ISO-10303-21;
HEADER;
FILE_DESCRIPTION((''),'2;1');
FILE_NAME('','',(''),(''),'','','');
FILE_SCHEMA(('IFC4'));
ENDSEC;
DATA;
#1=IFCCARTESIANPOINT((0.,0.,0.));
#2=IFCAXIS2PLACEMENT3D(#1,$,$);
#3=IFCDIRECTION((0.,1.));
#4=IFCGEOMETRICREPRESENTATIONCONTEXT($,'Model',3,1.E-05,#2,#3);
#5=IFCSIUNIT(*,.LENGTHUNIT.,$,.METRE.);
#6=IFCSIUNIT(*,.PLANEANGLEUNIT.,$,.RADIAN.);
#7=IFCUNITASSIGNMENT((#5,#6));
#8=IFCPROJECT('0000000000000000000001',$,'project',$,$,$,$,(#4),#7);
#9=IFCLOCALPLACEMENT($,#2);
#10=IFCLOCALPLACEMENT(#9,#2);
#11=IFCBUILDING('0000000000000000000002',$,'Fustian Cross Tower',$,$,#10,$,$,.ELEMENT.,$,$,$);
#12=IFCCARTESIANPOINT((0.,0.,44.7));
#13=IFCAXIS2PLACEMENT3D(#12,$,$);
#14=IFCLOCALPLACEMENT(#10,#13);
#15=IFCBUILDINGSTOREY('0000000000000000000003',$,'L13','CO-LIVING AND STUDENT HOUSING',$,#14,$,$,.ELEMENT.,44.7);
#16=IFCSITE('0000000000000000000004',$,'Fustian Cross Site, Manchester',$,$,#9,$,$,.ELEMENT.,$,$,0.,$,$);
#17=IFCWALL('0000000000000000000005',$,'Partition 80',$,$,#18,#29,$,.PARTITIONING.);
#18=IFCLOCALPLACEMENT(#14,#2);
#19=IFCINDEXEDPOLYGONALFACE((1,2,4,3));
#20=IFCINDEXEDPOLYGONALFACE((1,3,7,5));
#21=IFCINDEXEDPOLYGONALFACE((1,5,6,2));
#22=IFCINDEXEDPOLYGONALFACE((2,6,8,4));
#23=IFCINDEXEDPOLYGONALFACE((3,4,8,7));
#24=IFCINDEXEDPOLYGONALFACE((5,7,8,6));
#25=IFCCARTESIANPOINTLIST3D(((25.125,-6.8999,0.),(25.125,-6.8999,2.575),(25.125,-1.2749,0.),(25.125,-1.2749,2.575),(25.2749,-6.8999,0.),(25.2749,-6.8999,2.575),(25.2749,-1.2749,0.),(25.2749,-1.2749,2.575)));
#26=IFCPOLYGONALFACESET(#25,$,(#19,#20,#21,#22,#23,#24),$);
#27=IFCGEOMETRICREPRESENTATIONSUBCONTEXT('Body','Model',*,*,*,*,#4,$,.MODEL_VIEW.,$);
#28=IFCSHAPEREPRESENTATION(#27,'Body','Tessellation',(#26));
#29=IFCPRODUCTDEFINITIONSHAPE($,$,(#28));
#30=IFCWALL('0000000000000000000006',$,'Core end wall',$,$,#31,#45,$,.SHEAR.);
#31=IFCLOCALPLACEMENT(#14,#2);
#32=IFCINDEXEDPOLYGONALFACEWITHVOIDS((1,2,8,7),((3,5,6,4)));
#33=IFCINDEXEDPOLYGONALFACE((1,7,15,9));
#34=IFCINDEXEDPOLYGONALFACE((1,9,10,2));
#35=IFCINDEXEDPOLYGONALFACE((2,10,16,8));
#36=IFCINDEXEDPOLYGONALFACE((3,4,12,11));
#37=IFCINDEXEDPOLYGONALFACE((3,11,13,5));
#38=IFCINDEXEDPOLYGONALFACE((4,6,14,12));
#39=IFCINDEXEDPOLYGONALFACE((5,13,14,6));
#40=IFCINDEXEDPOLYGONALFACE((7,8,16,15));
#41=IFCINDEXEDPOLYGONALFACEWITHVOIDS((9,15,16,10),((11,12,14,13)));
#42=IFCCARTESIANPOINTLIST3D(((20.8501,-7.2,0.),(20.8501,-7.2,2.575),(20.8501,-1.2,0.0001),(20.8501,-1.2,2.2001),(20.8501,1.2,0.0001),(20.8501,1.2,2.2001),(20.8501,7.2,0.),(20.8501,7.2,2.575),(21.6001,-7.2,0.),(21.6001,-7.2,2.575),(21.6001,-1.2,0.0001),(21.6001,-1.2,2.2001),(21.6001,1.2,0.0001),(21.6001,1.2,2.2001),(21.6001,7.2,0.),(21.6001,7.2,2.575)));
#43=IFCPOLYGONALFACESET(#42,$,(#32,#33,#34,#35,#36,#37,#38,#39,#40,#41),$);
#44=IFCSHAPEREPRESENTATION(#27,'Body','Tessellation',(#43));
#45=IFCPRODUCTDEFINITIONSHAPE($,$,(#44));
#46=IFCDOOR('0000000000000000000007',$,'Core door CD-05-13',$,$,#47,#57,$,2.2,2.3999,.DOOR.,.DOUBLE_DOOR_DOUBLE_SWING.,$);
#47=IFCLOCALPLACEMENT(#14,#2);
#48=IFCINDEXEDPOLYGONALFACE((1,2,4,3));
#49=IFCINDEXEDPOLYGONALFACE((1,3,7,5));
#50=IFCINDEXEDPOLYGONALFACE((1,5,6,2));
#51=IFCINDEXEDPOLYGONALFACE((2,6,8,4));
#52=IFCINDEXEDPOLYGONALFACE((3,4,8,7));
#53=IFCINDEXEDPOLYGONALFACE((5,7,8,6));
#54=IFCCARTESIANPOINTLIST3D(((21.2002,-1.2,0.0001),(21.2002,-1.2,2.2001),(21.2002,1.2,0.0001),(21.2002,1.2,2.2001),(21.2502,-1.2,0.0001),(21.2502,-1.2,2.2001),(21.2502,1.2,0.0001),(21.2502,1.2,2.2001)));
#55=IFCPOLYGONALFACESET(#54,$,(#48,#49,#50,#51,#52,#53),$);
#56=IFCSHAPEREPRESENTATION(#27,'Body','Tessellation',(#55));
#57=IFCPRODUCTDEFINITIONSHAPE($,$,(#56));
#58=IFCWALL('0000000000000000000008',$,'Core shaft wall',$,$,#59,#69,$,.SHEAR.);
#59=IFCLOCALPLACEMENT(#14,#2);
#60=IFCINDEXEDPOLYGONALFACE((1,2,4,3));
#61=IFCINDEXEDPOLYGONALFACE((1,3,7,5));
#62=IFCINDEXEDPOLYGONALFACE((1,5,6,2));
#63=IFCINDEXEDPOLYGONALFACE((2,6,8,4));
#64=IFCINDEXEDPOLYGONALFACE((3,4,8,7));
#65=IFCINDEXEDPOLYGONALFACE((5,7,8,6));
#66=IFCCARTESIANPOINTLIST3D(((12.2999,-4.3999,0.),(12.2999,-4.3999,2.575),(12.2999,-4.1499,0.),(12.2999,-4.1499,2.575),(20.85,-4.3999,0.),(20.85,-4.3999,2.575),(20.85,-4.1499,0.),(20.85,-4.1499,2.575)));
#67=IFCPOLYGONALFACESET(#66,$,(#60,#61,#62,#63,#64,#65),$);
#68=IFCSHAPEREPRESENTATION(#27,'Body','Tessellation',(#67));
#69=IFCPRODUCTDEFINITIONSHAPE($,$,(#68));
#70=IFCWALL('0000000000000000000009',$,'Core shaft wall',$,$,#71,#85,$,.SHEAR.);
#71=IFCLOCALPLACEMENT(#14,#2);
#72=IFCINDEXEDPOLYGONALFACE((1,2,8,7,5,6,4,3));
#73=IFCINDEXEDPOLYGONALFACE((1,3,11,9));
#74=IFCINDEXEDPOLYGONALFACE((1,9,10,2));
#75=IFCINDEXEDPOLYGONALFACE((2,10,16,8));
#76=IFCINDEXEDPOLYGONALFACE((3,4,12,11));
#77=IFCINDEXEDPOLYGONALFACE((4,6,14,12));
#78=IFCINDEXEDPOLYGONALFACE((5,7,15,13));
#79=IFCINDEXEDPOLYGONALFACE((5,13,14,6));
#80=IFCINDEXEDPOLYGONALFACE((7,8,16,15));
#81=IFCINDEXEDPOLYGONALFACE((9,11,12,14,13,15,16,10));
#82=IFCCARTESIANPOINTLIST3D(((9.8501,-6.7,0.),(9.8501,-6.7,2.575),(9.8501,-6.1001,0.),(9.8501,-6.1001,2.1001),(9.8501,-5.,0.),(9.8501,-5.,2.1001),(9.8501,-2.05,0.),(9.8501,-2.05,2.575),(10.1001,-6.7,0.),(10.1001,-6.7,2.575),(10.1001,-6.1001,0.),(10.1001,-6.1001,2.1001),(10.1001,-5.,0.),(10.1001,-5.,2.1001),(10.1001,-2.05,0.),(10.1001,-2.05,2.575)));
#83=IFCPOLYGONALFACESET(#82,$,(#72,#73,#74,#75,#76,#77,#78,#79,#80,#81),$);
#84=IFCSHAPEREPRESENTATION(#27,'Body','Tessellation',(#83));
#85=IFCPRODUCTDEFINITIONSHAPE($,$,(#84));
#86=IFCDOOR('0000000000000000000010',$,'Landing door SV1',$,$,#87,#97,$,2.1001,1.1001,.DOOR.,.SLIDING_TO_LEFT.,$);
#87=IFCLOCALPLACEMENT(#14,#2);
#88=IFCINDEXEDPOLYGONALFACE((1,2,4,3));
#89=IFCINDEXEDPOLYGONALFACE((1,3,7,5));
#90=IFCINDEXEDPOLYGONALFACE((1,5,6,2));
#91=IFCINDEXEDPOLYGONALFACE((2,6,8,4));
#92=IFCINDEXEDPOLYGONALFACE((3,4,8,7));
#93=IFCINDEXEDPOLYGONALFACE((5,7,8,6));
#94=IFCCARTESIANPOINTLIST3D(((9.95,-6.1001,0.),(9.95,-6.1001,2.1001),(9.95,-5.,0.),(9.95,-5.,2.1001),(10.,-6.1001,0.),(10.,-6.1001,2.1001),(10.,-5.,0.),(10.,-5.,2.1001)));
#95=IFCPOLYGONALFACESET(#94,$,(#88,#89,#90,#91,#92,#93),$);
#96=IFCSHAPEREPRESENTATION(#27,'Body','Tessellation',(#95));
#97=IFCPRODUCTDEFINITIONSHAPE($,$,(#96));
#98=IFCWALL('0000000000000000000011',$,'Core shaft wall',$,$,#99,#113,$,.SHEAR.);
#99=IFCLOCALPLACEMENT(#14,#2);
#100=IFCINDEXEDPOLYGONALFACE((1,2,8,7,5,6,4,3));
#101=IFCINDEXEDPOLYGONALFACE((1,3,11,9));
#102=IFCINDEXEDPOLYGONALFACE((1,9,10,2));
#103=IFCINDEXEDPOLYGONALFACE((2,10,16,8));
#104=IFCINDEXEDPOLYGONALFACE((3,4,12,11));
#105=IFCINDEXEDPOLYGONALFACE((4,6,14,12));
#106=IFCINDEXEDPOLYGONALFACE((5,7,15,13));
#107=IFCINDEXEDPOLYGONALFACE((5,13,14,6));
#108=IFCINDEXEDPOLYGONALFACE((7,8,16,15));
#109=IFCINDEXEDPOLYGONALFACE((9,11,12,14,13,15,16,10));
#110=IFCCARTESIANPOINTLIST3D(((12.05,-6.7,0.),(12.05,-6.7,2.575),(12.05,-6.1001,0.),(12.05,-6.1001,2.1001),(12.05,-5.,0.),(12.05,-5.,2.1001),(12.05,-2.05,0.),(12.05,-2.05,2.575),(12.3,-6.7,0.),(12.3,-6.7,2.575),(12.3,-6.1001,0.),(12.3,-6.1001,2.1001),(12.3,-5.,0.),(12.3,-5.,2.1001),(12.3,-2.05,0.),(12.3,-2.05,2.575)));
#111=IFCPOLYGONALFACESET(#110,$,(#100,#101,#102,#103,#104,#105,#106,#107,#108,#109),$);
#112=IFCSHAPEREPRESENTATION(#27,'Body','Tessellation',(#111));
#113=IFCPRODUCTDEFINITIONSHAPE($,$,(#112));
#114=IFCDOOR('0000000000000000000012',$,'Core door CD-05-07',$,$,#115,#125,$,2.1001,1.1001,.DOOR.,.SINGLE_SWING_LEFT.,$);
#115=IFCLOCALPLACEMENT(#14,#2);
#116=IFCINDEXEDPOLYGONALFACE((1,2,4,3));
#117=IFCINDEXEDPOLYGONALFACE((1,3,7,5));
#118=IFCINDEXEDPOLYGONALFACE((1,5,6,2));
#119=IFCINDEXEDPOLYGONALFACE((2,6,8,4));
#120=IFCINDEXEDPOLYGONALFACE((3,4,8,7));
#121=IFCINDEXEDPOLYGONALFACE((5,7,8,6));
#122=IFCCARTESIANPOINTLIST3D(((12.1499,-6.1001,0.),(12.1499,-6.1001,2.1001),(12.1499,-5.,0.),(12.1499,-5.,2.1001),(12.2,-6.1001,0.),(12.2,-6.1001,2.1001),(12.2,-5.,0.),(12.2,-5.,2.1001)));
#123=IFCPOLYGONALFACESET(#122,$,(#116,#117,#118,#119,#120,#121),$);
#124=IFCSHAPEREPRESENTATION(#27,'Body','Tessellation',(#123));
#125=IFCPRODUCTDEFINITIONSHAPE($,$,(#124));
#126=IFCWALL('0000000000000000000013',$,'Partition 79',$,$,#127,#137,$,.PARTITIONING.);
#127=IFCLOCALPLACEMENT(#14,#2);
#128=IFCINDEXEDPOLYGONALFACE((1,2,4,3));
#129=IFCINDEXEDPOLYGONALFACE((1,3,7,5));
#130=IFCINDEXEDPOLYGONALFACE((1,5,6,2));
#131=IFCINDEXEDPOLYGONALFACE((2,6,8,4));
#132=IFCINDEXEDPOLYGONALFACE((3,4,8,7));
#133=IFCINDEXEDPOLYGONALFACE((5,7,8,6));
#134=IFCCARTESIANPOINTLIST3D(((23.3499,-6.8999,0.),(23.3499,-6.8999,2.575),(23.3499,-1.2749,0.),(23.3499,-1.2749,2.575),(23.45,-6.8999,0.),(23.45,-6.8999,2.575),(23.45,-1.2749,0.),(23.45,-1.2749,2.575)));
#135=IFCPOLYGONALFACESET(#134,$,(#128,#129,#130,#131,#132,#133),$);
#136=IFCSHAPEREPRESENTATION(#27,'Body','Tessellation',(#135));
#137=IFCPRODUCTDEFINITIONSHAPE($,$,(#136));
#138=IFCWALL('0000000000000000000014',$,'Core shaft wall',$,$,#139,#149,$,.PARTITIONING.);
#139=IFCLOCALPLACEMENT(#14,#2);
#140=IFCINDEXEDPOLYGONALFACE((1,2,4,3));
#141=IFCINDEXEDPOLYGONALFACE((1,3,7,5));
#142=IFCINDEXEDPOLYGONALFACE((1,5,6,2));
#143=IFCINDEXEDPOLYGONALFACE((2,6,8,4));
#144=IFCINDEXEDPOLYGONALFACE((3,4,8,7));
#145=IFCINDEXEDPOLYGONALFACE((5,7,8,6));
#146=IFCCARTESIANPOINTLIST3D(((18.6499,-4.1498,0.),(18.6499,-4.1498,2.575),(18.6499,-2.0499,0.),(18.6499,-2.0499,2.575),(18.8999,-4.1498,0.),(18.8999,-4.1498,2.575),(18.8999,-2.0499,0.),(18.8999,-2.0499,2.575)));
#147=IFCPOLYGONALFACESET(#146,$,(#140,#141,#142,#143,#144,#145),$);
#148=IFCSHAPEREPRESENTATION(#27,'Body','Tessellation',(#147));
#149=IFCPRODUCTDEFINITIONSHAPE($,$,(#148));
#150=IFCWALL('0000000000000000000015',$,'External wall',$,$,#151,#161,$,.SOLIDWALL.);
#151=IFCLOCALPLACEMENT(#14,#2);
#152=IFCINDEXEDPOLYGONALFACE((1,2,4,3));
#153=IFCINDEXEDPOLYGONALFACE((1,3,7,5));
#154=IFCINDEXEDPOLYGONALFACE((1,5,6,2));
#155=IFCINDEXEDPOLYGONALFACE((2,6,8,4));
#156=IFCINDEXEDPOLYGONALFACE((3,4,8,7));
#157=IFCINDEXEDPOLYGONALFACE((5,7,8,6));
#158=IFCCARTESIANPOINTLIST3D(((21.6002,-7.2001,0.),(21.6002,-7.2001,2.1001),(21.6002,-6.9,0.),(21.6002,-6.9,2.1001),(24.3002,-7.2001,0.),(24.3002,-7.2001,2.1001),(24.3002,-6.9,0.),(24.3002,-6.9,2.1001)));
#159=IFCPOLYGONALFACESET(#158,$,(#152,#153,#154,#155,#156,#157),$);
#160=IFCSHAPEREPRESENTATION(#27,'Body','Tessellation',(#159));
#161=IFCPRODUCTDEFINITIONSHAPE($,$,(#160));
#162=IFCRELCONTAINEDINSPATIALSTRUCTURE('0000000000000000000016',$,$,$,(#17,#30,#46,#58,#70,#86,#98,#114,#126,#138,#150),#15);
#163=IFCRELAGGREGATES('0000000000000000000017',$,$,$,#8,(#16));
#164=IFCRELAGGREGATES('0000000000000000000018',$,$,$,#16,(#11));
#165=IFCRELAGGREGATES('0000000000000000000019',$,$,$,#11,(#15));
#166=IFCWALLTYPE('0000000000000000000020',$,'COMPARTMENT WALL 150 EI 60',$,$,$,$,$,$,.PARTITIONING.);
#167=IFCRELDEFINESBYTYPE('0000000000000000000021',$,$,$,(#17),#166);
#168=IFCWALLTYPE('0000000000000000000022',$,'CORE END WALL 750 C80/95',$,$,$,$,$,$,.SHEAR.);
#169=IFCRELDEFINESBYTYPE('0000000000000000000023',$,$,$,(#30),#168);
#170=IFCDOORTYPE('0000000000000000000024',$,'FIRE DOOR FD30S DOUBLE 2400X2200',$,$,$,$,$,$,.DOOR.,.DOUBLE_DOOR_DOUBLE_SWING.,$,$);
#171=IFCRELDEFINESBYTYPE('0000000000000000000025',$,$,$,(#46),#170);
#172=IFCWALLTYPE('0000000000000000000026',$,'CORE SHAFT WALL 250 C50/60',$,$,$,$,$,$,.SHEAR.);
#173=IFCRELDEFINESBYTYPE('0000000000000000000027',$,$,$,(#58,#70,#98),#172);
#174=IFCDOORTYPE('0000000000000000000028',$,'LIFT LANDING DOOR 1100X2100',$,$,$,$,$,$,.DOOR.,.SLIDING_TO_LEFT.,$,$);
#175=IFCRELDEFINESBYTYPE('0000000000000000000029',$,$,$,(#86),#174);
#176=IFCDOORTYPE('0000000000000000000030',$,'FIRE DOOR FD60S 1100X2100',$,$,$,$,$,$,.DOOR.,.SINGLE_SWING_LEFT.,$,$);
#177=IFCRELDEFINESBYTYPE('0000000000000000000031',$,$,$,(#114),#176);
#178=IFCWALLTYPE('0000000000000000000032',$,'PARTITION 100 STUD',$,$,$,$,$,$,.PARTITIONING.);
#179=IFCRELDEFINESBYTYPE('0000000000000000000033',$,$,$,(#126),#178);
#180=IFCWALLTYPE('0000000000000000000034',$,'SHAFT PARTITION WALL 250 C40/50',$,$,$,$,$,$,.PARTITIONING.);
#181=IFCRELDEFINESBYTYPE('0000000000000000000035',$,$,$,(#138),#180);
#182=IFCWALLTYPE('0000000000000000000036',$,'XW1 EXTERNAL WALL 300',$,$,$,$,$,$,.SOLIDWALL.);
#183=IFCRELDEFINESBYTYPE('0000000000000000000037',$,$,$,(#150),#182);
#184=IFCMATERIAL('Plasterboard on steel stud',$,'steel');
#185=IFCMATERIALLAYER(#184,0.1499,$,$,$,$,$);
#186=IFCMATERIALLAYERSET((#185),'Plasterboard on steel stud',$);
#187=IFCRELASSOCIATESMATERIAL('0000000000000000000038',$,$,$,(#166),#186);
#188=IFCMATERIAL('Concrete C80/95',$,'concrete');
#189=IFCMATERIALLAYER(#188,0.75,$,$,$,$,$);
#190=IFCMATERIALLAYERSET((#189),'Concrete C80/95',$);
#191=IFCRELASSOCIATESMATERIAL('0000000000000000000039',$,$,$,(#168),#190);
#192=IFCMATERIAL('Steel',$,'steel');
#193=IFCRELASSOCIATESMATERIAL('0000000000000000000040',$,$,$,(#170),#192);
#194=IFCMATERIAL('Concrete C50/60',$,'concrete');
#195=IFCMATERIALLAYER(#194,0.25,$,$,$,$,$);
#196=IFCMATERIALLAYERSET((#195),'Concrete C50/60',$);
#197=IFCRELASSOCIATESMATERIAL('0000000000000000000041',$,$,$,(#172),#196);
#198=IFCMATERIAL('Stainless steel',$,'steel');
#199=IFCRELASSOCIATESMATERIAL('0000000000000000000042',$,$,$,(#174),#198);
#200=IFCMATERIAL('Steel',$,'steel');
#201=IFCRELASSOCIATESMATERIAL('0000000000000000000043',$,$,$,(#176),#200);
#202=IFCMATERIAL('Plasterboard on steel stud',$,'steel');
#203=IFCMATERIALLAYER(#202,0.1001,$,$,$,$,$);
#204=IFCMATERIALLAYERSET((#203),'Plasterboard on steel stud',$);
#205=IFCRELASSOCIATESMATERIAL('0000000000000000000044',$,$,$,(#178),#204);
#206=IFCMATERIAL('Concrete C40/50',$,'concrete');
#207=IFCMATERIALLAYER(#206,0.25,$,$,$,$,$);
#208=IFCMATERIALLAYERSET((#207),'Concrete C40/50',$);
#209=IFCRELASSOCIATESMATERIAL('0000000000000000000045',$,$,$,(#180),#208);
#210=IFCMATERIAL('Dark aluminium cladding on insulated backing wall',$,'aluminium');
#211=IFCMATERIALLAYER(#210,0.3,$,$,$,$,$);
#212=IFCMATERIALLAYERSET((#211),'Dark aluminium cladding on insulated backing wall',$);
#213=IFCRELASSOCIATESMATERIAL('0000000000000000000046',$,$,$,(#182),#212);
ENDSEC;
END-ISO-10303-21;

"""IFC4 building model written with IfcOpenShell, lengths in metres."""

from ifc_helpers import new_model, si_unit, direction, frame, frame_2d, origin, place, context, subcontext, project, spatial, rectangle, extrude, material, layer, layer_set, type_object, element, fill, save


model = new_model("IFC4")

# Units and contexts
model_context = context("Model", 3, precision=1e-05, world=origin(), true_north=direction((0.0, 1.0)))
body_context = subcontext(model_context, "Body", "Model", "MODEL_VIEW")
ifc_project = project(units=[si_unit("LENGTHUNIT", "METRE"), si_unit("PLANEANGLEUNIT", "RADIAN")], contexts=[model_context])

# Site, building, storey
site_placement = place(None, origin())
site = spatial("IfcSite", under=ifc_project, at=site_placement, Name="Fustian Cross Site, Manchester", CompositionType="ELEMENT", RefElevation=0.0)
building_placement = place(site_placement, origin())
building = spatial("IfcBuilding", under=site, at=building_placement, Name="Fustian Cross Tower", CompositionType="ELEMENT")
storey_placement = place(building_placement, frame((0.0, 0.0, 44.7)))
storey = spatial("IfcBuildingStorey", under=building, at=storey_placement, Name="L13", Description="CO-LIVING AND STUDENT HOUSING", CompositionType="ELEMENT", Elevation=44.7)

# Shared definitions
ifc_material_1 = material(Name="Plasterboard on steel stud", Category="steel")
ifc_layer_1 = layer(ifc_material_1, 0.1499)
ifc_layer_set_1 = layer_set([ifc_layer_1], Name="Plasterboard on steel stud")
wall_type_1 = type_object("IfcWallType", Name="COMPARTMENT WALL 150 EI 60", PredefinedType="PARTITIONING", material=ifc_layer_set_1)

# Wall
wall_1_placement = place(storey_placement, frame((25.2, -6.8999, 0.0), z_axis=(0.0, 0.0, 1.0), x_axis=(0.0, 1.0, 0.0)))
element("IfcWall", 1, at=wall_1_placement, inside=storey, type_object=wall_type_1, Name="Partition 80", PredefinedType="PARTITIONING", context=body_context, shape_type="SweptSolid", body=[
    extrude(rectangle(XDim=5.625, YDim=0.1499, at=frame_2d((2.8125, 0.0))), origin(), (0.0, 0.0, 1.0), 2.575),
])

# Wall, opening, door
ifc_material_2 = material(Name="Concrete C80/95", Category="concrete")
ifc_layer_2 = layer(ifc_material_2, 0.75)
ifc_layer_set_2 = layer_set([ifc_layer_2], Name="Concrete C80/95")
wall_type_2 = type_object("IfcWallType", Name="CORE END WALL 750 C80/95", PredefinedType="SHEAR", material=ifc_layer_set_2)
wall_2_placement = place(storey_placement, frame((21.2251, -7.2, 0.0), z_axis=(0.0, 0.0, 1.0), x_axis=(0.0, 1.0, 0.0)))
wall_2 = element("IfcWall", 2, at=wall_2_placement, inside=storey, type_object=wall_type_2, Name="Core end wall", PredefinedType="SHEAR", context=body_context, shape_type="SweptSolid", body=[
    extrude(rectangle(XDim=14.3999, YDim=0.75, at=frame_2d((7.2, 0.0))), origin(), (0.0, 0.0, 1.0), 2.575),
])
opening_1_placement = place(wall_2_placement, frame((6.0, 0.0, 0.0)))
opening_1 = element("IfcOpeningElement", 3, at=opening_1_placement, cuts=wall_2, PredefinedType="OPENING", context=body_context, shape_type="SweptSolid", body=[
    extrude(rectangle(XDim=2.3999, YDim=2.2, at=frame_2d((1.2, 1.1001))), frame((0.0, 0.385, 0.0), z_axis=(0.0, -1.0, 0.0), x_axis=(1.0, 0.0, 0.0)), (0.0, 0.0, 1.0), 0.77),
])
ifc_material_3 = material(Name="Steel", Category="steel")
door_type_1 = type_object("IfcDoorType", Name="FIRE DOOR FD30S DOUBLE 2400X2200", OperationType="DOUBLE_DOOR_DOUBLE_SWING", PredefinedType="DOOR", material=ifc_material_3)
door_1_placement = place(opening_1_placement, origin())
door_1 = element("IfcDoor", 4, at=door_1_placement, inside=storey, type_object=door_type_1, Name="Core door CD-05-13", OperationType="DOUBLE_DOOR_DOUBLE_SWING", OverallHeight=2.2, OverallWidth=2.3999, PredefinedType="DOOR", context=body_context, shape_type="SweptSolid", body=[
    extrude(rectangle(XDim=2.3999, YDim=2.2, at=frame_2d((1.2, 1.1001))), frame((0.0, 0.0249, 0.0), z_axis=(0.0, -1.0, 0.0), x_axis=(1.0, 0.0, 0.0)), (0.0, 0.0, 1.0), 0.05),
])
fill(opening_1, door_1)

# Wall
ifc_material_4 = material(Name="Concrete C50/60", Category="concrete")
ifc_layer_3 = layer(ifc_material_4, 0.25)
ifc_layer_set_3 = layer_set([ifc_layer_3], Name="Concrete C50/60")
wall_type_3 = type_object("IfcWallType", Name="CORE SHAFT WALL 250 C50/60", PredefinedType="SHEAR", material=ifc_layer_set_3)
wall_3_placement = place(storey_placement, frame((12.3, -4.2749, 0.0), z_axis=(0.0, 0.0, 1.0), x_axis=(1.0, 0.0, 0.0)))
element("IfcWall", 5, at=wall_3_placement, inside=storey, type_object=wall_type_3, Name="Core shaft wall", PredefinedType="SHEAR", context=body_context, shape_type="SweptSolid", body=[
    extrude(rectangle(XDim=8.55, YDim=0.25, at=frame_2d((4.2749, 0.0))), origin(), (0.0, 0.0, 1.0), 2.575),
])

# Walls, openings, doors
wall_4_placement = place(storey_placement, frame((9.9751, -2.05, 0.0), z_axis=(0.0, 0.0, 1.0), x_axis=(0.0, -1.0, 0.0)))
wall_4 = element("IfcWall", 6, at=wall_4_placement, inside=storey, type_object=wall_type_3, Name="Core shaft wall", PredefinedType="SHEAR", context=body_context, shape_type="SweptSolid", body=[
    extrude(rectangle(XDim=4.6499, YDim=0.25, at=frame_2d((2.325, 0.0))), origin(), (0.0, 0.0, 1.0), 2.575),
])
opening_2_placement = place(wall_4_placement, frame((2.95, 0.0, 0.0)))
opening_2 = element("IfcOpeningElement", 7, at=opening_2_placement, cuts=wall_4, PredefinedType="OPENING", context=body_context, shape_type="SweptSolid", body=[
    extrude(rectangle(XDim=1.1001, YDim=2.1001, at=frame_2d((0.55, 1.05))), frame((0.0, 0.135, 0.0), z_axis=(0.0, -1.0, 0.0), x_axis=(1.0, 0.0, 0.0)), (0.0, 0.0, 1.0), 0.27),
])
ifc_material_5 = material(Name="Stainless steel", Category="steel")
door_type_2 = type_object("IfcDoorType", Name="LIFT LANDING DOOR 1100X2100", OperationType="SLIDING_TO_LEFT", PredefinedType="DOOR", material=ifc_material_5)
door_2_placement = place(opening_2_placement, origin())
door_2 = element("IfcDoor", 8, at=door_2_placement, inside=storey, type_object=door_type_2, Name="Landing door SV1", OperationType="SLIDING_TO_LEFT", OverallHeight=2.1001, OverallWidth=1.1001, PredefinedType="DOOR", context=body_context, shape_type="SweptSolid", body=[
    extrude(rectangle(XDim=1.1001, YDim=2.1001, at=frame_2d((0.55, 1.05))), frame((0.0, 0.0249, 0.0), z_axis=(0.0, -1.0, 0.0), x_axis=(1.0, 0.0, 0.0)), (0.0, 0.0, 1.0), 0.05),
])
fill(opening_2, door_2)
wall_5_placement = place(storey_placement, frame((12.175, -2.05, 0.0), z_axis=(0.0, 0.0, 1.0), x_axis=(0.0, -1.0, 0.0)))
wall_5 = element("IfcWall", 9, at=wall_5_placement, inside=storey, type_object=wall_type_3, Name="Core shaft wall", PredefinedType="SHEAR", context=body_context, shape_type="SweptSolid", body=[
    extrude(rectangle(XDim=4.6499, YDim=0.25, at=frame_2d((2.325, 0.0))), origin(), (0.0, 0.0, 1.0), 2.575),
])
opening_3_placement = place(wall_5_placement, frame((2.95, 0.0, 0.0)))
opening_3 = element("IfcOpeningElement", 10, at=opening_3_placement, cuts=wall_5, PredefinedType="OPENING", context=body_context, shape_type="SweptSolid", body=[
    extrude(rectangle(XDim=1.1001, YDim=2.1001, at=frame_2d((0.55, 1.05))), frame((0.0, 0.135, 0.0), z_axis=(0.0, -1.0, 0.0), x_axis=(1.0, 0.0, 0.0)), (0.0, 0.0, 1.0), 0.27),
])
ifc_material_6 = material(Name="Steel", Category="steel")
door_type_3 = type_object("IfcDoorType", Name="FIRE DOOR FD60S 1100X2100", OperationType="SINGLE_SWING_LEFT", PredefinedType="DOOR", material=ifc_material_6)
door_3_placement = place(opening_3_placement, origin())
door_3 = element("IfcDoor", 11, at=door_3_placement, inside=storey, type_object=door_type_3, Name="Core door CD-05-07", OperationType="SINGLE_SWING_LEFT", OverallHeight=2.1001, OverallWidth=1.1001, PredefinedType="DOOR", context=body_context, shape_type="SweptSolid", body=[
    extrude(rectangle(XDim=1.1001, YDim=2.1001, at=frame_2d((0.55, 1.05))), frame((0.0, 0.0249, 0.0), z_axis=(0.0, -1.0, 0.0), x_axis=(1.0, 0.0, 0.0)), (0.0, 0.0, 1.0), 0.05),
])
fill(opening_3, door_3)

# Walls
ifc_material_7 = material(Name="Plasterboard on steel stud", Category="steel")
ifc_layer_4 = layer(ifc_material_7, 0.1001)
ifc_layer_set_4 = layer_set([ifc_layer_4], Name="Plasterboard on steel stud")
wall_type_4 = type_object("IfcWallType", Name="PARTITION 100 STUD", PredefinedType="PARTITIONING", material=ifc_layer_set_4)
wall_6_placement = place(storey_placement, frame((23.3999, -6.8999, 0.0), z_axis=(0.0, 0.0, 1.0), x_axis=(0.0, 1.0, 0.0)))
element("IfcWall", 12, at=wall_6_placement, inside=storey, type_object=wall_type_4, Name="Partition 79", PredefinedType="PARTITIONING", context=body_context, shape_type="SweptSolid", body=[
    extrude(rectangle(XDim=5.625, YDim=0.1001, at=frame_2d((2.8125, 0.0))), origin(), (0.0, 0.0, 1.0), 2.575),
])
ifc_material_8 = material(Name="Concrete C40/50", Category="concrete")
ifc_layer_5 = layer(ifc_material_8, 0.25)
ifc_layer_set_5 = layer_set([ifc_layer_5], Name="Concrete C40/50")
wall_type_5 = type_object("IfcWallType", Name="SHAFT PARTITION WALL 250 C40/50", PredefinedType="PARTITIONING", material=ifc_layer_set_5)
wall_7_placement = place(storey_placement, frame((18.7749, -2.05, 0.0), z_axis=(0.0, 0.0, 1.0), x_axis=(0.0, -1.0, 0.0)))
element("IfcWall", 13, at=wall_7_placement, inside=storey, type_object=wall_type_5, Name="Core shaft wall", PredefinedType="PARTITIONING", context=body_context, shape_type="SweptSolid", body=[
    extrude(rectangle(XDim=2.0999, YDim=0.25, at=frame_2d((1.0498, 0.0))), origin(), (0.0, 0.0, 1.0), 2.575),
])
ifc_material_9 = material(Name="Dark aluminium cladding on insulated backing wall", Category="aluminium")
ifc_layer_6 = layer(ifc_material_9, 0.3)
ifc_layer_set_6 = layer_set([ifc_layer_6], Name="Dark aluminium cladding on insulated backing wall")
wall_type_6 = type_object("IfcWallType", Name="XW1 EXTERNAL WALL 300", PredefinedType="SOLIDWALL", material=ifc_layer_set_6)
wall_8_placement = place(storey_placement, frame((21.6001, -7.05, 0.0), z_axis=(0.0, 0.0, 1.0), x_axis=(1.0, 0.0, 0.0)))
element("IfcWall", 14, at=wall_8_placement, inside=storey, type_object=wall_type_6, Name="External wall", PredefinedType="SOLIDWALL", context=body_context, shape_type="SweptSolid", body=[
    extrude(rectangle(XDim=2.7, YDim=0.3, at=frame_2d((1.3501, 0.0))), origin(), (0.0, 0.0, 1.0), 2.1001),
])

save(model, "model.ifc")
